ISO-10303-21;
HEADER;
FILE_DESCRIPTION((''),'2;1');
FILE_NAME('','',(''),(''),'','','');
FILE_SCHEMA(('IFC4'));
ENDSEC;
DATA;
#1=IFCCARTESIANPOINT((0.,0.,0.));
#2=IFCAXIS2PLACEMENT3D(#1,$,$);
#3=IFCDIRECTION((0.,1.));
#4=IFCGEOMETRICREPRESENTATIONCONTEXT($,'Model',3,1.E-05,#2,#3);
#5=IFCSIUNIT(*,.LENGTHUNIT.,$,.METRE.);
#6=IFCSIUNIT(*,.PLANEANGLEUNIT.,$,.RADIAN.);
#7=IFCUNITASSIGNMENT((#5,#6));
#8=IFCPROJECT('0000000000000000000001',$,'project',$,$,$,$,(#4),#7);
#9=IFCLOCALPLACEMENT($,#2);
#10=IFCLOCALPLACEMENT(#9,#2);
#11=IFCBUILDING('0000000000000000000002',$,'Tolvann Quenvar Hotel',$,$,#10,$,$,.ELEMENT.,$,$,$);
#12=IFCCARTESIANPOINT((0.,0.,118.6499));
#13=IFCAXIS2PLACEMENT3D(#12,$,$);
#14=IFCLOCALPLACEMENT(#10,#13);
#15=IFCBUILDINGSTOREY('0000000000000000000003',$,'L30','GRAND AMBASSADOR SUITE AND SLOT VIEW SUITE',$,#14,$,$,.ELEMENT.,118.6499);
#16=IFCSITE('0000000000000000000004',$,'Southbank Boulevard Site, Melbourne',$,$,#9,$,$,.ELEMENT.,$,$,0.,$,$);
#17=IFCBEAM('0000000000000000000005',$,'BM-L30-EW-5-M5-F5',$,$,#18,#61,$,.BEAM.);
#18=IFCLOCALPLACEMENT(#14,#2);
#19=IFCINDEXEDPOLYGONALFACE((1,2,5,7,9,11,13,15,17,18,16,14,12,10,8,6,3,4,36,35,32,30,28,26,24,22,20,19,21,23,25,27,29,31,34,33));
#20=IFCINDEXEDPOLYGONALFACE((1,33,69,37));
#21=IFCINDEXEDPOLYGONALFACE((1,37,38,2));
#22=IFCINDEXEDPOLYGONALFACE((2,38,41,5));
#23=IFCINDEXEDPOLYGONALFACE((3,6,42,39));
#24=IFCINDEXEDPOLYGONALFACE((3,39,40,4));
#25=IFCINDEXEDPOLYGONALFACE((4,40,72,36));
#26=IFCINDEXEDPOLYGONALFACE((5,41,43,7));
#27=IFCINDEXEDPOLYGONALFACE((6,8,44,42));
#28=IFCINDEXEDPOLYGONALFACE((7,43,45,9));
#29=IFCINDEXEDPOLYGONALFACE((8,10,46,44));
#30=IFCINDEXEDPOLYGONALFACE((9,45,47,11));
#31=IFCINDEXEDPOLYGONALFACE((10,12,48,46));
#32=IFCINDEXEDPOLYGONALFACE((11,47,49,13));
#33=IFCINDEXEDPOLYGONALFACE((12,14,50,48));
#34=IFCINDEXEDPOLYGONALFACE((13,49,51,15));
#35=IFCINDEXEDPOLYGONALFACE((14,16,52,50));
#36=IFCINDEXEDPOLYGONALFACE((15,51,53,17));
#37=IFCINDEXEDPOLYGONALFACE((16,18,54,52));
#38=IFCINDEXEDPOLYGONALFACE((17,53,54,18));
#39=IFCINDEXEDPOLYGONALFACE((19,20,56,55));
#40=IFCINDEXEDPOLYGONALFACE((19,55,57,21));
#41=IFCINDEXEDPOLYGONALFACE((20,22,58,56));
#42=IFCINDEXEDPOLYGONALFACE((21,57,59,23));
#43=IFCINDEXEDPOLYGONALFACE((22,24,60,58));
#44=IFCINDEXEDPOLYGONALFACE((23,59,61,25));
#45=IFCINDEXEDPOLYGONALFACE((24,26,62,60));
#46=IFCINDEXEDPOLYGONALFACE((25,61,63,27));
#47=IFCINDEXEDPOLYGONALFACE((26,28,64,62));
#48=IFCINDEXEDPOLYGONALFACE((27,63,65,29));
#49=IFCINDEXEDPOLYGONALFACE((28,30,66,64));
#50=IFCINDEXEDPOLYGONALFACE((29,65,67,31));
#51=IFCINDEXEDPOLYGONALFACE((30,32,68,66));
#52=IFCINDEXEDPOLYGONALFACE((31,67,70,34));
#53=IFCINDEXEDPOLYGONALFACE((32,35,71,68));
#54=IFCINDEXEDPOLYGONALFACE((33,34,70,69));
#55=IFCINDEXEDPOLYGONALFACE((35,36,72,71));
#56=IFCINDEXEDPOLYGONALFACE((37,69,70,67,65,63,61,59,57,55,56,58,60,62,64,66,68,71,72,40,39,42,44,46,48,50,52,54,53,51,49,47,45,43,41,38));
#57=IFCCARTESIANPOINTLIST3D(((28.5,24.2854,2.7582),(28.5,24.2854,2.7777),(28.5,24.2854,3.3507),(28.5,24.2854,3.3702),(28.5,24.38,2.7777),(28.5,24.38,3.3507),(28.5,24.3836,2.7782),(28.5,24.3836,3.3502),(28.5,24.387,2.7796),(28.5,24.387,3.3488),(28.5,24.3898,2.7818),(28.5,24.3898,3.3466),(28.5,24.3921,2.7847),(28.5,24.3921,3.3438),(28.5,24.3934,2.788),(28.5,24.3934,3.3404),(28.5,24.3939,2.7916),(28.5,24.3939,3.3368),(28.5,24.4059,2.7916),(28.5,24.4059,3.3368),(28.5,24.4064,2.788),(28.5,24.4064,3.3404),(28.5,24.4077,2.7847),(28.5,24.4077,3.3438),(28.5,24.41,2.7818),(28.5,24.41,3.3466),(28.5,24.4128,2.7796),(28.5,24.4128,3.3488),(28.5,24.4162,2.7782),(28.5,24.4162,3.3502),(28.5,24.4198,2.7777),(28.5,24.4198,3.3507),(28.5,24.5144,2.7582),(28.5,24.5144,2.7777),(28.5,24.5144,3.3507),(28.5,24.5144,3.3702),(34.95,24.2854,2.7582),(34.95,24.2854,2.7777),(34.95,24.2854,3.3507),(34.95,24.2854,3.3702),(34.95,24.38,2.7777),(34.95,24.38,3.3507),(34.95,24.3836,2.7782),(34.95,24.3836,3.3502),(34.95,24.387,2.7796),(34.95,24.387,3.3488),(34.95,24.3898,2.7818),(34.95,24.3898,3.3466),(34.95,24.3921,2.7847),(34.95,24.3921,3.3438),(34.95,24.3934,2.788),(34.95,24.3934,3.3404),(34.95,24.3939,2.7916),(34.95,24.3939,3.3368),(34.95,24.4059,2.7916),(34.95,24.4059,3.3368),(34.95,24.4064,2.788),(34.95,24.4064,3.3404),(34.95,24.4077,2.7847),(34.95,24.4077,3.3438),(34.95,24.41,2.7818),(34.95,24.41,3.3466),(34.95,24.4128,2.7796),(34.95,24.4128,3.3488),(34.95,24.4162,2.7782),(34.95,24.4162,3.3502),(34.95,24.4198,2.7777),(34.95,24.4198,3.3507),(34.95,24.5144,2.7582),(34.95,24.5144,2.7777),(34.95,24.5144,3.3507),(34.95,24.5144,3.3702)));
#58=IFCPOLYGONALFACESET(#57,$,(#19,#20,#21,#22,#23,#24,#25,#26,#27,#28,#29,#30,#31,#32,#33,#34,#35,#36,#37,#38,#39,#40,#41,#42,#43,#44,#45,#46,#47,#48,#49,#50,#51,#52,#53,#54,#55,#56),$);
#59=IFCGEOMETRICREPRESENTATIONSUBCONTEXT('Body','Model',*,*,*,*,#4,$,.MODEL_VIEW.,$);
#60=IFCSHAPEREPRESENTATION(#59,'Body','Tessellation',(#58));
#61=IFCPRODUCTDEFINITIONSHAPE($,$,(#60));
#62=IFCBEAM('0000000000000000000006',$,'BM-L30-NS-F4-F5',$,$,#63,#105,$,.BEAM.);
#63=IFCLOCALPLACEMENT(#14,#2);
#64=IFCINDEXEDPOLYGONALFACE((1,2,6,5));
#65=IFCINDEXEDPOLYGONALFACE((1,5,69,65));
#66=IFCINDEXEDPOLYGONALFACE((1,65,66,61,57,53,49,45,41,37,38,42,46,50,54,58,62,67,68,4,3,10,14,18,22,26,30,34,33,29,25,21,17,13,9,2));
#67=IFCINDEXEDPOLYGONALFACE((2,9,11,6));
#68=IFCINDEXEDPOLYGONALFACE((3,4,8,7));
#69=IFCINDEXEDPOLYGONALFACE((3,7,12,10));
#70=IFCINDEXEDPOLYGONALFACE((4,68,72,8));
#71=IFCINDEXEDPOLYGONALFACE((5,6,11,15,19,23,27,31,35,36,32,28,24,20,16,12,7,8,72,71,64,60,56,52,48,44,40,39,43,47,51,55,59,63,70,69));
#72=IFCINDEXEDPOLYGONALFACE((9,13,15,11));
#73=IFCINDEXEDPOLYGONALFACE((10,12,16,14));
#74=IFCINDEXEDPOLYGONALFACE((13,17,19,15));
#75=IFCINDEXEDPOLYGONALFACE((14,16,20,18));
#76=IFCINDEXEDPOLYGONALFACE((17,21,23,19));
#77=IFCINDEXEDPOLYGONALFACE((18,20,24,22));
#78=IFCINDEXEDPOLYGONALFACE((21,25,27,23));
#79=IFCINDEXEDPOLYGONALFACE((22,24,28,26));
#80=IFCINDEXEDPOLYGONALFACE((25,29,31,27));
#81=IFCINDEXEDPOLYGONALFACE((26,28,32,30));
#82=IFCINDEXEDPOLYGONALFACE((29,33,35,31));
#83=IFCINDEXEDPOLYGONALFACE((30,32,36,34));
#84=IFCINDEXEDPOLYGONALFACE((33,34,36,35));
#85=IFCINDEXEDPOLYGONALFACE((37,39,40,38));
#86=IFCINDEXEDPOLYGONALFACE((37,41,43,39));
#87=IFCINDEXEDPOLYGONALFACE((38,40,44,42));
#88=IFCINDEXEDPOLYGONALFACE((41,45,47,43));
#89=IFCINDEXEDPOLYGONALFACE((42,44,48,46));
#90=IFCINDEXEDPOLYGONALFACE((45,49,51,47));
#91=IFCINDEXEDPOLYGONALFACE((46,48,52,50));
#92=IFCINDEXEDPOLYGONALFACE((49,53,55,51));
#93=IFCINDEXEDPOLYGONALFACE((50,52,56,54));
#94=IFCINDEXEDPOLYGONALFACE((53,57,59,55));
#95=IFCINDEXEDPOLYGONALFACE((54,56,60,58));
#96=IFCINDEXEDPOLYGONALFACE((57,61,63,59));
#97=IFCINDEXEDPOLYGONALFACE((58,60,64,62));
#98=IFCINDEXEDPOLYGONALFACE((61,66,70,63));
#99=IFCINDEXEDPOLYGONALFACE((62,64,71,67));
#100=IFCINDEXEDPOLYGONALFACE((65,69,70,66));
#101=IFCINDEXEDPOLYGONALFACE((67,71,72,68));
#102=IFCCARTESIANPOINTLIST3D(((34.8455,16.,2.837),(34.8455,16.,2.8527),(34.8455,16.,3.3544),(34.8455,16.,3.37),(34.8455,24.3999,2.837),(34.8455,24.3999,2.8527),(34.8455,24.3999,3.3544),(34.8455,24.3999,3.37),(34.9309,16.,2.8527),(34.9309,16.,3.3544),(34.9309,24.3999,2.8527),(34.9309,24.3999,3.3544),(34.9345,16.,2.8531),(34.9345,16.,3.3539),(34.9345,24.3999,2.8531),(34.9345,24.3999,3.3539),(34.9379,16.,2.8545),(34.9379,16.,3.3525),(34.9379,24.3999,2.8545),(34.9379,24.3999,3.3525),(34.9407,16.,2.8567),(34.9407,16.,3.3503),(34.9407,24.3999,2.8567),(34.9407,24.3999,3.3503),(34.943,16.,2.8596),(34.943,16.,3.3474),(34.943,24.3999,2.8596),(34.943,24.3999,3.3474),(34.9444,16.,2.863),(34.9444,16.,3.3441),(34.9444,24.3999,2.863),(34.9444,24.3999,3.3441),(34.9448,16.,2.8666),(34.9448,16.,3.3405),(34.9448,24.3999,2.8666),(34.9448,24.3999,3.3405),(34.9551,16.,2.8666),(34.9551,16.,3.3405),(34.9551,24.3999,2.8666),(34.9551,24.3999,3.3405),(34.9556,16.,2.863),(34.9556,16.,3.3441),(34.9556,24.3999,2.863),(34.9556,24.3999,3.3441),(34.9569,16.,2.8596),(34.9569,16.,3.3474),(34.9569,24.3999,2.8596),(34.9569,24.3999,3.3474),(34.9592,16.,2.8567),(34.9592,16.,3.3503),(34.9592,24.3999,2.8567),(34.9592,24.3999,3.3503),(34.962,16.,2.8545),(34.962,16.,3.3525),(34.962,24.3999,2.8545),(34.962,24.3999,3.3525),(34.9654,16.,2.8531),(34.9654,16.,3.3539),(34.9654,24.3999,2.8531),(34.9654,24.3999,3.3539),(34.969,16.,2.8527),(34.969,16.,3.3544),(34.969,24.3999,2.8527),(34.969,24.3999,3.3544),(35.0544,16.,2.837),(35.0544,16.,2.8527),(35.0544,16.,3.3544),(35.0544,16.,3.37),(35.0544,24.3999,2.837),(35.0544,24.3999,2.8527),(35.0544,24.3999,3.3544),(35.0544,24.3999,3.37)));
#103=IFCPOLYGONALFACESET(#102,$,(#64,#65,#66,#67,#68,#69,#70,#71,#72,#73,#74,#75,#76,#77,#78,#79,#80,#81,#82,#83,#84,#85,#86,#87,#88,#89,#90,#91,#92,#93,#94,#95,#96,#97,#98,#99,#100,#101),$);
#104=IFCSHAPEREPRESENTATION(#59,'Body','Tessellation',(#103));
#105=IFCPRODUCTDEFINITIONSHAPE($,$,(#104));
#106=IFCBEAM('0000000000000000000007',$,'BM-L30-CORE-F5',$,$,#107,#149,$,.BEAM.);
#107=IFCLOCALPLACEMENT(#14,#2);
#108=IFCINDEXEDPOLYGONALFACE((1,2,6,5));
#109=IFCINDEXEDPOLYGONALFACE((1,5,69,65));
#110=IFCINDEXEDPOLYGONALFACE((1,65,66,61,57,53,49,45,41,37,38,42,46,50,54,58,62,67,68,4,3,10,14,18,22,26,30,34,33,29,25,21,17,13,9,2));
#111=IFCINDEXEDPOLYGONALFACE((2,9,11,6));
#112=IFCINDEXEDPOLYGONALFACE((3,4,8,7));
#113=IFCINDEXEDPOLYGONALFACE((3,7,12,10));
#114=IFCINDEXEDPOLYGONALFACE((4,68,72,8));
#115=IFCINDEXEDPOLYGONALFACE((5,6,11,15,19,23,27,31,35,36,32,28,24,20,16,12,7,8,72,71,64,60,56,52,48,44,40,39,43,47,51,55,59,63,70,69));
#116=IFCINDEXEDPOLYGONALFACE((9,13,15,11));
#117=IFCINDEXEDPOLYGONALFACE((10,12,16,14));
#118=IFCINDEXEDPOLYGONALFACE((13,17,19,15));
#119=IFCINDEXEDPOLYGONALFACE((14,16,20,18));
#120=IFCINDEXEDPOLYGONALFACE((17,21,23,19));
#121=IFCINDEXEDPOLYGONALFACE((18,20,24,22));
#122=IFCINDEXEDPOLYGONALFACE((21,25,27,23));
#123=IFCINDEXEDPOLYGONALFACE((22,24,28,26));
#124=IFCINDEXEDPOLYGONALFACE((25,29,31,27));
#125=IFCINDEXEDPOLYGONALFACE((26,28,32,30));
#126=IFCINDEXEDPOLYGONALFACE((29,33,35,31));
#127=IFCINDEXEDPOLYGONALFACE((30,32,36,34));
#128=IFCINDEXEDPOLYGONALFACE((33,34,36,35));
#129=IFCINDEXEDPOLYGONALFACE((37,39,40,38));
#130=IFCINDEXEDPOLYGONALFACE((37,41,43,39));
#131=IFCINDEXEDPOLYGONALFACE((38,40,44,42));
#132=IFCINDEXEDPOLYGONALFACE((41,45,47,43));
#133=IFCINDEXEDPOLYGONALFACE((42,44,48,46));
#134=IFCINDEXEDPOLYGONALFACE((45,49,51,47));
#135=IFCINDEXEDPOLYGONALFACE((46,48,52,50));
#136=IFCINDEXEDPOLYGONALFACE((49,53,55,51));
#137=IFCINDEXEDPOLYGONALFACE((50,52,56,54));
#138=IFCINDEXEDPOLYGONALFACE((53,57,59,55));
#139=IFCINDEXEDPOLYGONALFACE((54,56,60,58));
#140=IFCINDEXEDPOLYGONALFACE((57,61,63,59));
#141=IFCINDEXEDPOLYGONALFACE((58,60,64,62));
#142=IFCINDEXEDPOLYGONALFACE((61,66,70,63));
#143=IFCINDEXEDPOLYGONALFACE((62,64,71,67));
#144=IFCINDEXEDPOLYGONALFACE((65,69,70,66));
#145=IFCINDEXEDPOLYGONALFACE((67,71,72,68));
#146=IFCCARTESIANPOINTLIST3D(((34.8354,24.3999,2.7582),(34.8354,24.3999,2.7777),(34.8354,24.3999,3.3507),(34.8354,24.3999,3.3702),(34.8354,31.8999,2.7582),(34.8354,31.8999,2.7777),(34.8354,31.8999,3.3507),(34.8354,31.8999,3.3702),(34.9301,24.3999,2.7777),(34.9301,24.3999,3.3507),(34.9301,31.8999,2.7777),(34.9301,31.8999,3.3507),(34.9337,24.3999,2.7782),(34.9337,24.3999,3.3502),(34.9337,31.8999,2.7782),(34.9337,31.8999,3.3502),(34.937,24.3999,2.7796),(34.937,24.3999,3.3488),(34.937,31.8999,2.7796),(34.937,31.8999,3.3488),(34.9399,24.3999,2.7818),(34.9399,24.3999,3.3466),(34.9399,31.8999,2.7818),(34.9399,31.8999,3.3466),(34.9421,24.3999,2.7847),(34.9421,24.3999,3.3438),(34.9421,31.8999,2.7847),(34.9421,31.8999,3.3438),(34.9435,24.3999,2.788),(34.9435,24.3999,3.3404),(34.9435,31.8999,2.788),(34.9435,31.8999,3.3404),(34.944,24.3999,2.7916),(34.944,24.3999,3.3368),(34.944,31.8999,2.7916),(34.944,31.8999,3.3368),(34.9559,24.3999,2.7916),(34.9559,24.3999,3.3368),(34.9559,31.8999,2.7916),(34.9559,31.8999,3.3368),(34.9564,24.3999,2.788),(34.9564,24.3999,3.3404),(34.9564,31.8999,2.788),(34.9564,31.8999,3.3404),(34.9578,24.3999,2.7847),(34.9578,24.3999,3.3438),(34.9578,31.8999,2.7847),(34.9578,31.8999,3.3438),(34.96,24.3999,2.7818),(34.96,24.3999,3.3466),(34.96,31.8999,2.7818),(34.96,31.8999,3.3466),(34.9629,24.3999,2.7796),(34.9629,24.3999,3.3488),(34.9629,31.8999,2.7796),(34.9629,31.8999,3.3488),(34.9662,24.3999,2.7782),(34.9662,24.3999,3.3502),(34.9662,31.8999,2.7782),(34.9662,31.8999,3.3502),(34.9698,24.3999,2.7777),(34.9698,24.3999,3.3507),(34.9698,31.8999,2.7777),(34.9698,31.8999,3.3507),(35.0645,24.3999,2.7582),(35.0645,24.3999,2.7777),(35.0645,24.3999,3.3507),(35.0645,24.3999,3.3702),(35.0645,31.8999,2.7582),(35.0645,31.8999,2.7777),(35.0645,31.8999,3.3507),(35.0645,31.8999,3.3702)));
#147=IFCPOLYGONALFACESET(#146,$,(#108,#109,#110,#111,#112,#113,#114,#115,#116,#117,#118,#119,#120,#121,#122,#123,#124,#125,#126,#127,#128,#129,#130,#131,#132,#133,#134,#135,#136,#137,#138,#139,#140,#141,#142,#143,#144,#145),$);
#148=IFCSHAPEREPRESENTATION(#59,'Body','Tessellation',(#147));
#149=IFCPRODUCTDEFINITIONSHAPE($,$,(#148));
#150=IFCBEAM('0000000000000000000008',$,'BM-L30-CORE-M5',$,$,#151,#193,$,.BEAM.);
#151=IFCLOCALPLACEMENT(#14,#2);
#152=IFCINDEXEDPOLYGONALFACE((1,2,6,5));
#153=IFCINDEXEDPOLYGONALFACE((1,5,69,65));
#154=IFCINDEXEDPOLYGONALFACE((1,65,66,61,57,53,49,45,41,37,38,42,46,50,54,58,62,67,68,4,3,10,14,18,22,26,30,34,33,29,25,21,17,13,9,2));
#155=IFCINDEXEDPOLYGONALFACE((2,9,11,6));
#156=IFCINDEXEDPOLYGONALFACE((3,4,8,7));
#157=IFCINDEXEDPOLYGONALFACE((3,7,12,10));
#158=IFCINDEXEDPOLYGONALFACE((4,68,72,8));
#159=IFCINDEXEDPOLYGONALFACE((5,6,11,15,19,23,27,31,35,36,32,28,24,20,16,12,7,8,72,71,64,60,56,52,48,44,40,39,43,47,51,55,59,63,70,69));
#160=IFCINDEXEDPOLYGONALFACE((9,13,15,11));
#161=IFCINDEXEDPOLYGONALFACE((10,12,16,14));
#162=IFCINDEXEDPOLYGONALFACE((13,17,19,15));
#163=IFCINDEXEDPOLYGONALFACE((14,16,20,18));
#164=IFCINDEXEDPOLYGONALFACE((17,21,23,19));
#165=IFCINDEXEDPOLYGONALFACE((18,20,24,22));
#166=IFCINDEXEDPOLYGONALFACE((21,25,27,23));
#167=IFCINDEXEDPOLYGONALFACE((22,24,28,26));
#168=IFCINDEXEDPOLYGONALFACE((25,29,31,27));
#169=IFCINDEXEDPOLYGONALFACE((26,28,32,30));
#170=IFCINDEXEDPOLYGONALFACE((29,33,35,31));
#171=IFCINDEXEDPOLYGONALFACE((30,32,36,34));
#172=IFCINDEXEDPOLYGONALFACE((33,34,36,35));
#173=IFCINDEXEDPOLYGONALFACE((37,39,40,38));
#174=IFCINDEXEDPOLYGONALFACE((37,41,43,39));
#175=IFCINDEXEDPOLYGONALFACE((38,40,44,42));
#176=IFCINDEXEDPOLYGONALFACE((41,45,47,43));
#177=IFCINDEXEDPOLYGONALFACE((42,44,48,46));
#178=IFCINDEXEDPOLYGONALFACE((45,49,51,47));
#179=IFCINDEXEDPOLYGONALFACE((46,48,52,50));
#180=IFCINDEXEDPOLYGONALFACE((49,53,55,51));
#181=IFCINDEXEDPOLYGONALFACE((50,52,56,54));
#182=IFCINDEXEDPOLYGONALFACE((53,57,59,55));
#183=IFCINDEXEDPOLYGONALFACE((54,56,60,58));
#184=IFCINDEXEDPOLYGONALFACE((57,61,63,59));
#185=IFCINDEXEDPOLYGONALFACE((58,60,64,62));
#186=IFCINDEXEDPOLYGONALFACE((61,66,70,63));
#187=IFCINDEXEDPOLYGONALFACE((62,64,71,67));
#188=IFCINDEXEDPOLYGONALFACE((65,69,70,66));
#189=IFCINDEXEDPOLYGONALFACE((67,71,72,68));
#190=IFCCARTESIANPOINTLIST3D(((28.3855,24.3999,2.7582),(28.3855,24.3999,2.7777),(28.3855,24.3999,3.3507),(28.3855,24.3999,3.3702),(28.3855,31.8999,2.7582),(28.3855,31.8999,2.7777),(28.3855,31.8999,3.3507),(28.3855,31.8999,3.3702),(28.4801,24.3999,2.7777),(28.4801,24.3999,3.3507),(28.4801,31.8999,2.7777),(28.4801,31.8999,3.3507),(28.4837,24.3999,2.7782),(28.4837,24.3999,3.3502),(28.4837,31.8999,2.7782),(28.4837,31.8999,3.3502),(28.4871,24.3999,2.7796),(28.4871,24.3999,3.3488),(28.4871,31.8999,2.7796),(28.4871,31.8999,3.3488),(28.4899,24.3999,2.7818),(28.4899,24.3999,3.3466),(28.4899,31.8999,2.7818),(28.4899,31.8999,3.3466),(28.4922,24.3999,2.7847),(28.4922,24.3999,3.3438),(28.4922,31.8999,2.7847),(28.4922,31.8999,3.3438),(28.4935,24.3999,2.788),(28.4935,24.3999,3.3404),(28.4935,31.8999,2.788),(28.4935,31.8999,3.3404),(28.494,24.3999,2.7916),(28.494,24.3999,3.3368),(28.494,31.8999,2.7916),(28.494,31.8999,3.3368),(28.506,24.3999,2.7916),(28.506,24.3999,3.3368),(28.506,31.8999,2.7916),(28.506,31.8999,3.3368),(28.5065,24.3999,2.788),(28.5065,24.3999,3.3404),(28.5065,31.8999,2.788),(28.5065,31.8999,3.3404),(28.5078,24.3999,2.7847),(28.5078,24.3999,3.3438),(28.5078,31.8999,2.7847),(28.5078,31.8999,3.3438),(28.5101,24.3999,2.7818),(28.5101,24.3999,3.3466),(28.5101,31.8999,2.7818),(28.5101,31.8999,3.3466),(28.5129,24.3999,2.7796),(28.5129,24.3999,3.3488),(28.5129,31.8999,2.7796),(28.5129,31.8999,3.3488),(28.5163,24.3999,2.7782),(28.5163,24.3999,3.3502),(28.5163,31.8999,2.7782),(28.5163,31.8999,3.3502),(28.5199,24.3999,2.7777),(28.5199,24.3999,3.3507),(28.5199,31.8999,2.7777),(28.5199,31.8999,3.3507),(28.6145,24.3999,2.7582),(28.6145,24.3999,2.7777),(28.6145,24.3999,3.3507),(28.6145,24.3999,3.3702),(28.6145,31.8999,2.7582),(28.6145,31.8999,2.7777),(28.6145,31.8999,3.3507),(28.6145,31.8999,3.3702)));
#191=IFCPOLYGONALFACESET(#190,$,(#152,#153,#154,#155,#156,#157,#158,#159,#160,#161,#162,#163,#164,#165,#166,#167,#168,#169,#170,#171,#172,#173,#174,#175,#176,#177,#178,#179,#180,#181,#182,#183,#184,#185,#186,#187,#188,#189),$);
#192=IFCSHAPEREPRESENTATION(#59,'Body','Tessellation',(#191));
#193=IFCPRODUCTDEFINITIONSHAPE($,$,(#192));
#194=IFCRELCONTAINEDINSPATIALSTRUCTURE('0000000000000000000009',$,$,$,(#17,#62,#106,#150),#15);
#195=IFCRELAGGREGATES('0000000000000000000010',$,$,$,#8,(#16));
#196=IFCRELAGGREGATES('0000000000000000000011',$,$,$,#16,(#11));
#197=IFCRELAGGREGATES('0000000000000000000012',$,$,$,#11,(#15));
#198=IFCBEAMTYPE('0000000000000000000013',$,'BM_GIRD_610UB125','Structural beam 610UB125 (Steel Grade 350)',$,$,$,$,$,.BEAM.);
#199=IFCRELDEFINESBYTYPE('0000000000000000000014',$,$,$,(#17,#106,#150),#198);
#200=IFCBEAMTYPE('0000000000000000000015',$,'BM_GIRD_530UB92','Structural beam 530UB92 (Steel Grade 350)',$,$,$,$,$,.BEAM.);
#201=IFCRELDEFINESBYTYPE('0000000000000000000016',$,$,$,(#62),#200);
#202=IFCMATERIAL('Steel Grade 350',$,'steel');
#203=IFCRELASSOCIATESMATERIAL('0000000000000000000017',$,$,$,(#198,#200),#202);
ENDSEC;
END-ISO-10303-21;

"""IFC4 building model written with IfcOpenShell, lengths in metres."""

from ifc_helpers import new_model, si_unit, direction, frame, origin, origin_2d, place, context, subcontext, project, spatial, i_section, extrude, source, transform, mapped, material, material_profile, profile_set, type_object, type_shapes, element, save


model = new_model("IFC4")

# Units and contexts
model_context = context("Model", 3, precision=1e-05, world=origin(), true_north=direction((0.0, 1.0)))
body_context = subcontext(model_context, "Body", "Model", "MODEL_VIEW")
ifc_project = project(units=[si_unit("LENGTHUNIT", "METRE"), si_unit("PLANEANGLEUNIT", "RADIAN")], contexts=[model_context])

# Site, building, storey
site_placement = place(None, origin())
site = spatial("IfcSite", under=ifc_project, at=site_placement, Name="Southbank Boulevard Site, Melbourne", CompositionType="ELEMENT", RefElevation=0.0)
building_placement = place(site_placement, origin())
building = spatial("IfcBuilding", under=site, at=building_placement, Name="Tolvann Quenvar Hotel", CompositionType="ELEMENT")
storey_placement = place(building_placement, frame((0.0, 0.0, 118.6499)))
storey = spatial("IfcBuildingStorey", under=building, at=storey_placement, Name="L30", Description="GRAND AMBASSADOR SUITE AND SLOT VIEW SUITE", CompositionType="ELEMENT", Elevation=118.6499)

# Shared definitions
ifc_material_1 = material(Name="Steel Grade 350", Category="steel")

# Beams
ifc_material_profile_1 = material_profile(ifc_material_1, i_section(OverallWidth=0.229, OverallDepth=0.6121, WebThickness=0.012, FlangeThickness=0.0195, FilletRadius=0.0139, at=origin_2d()), Name="610UB125")
ifc_profile_set_1 = profile_set([ifc_material_profile_1], Name="Steel Grade 350")
beam_type_1 = type_object("IfcBeamType", Name="BM_GIRD_610UB125", Description="Structural beam 610UB125 (Steel Grade 350)", PredefinedType="BEAM", material=ifc_profile_set_1)
shared_shape_1 = source(origin(), body_context, "Body", "SweptSolid", [
    extrude(i_section(OverallWidth=0.229, OverallDepth=0.6121, WebThickness=0.012, FlangeThickness=0.0195, FilletRadius=0.0139, at=origin_2d()), origin(), (0.0, 0.0, 1.0), 6.45),
])
beam_1_placement = place(storey_placement, frame((28.5, 24.3999, 3.0642), z_axis=(1.0, 0.0, 0.0), x_axis=(0.0, 1.0, 0.0)))
element("IfcBeam", 1, at=beam_1_placement, inside=storey, type_object=beam_type_1, Name="BM-L30-EW-5-M5-F5", PredefinedType="BEAM", context=body_context, shape_type="MappedRepresentation", body=[
    mapped(shared_shape_1, transform((0.0, 0.0, 0.0), x_axis=(1.0, 0.0, 0.0), y_axis=(0.0, 1.0, 0.0), z_axis=(0.0, 0.0, 1.0), scale=1.0)),
])
ifc_material_profile_2 = material_profile(ifc_material_1, i_section(OverallWidth=0.209, OverallDepth=0.533, WebThickness=0.0103, FlangeThickness=0.0156, FilletRadius=0.0139, at=origin_2d()), Name="530UB92")
ifc_profile_set_2 = profile_set([ifc_material_profile_2], Name="Steel Grade 350")
beam_type_2 = type_object("IfcBeamType", Name="BM_GIRD_530UB92", Description="Structural beam 530UB92 (Steel Grade 350)", PredefinedType="BEAM", material=ifc_profile_set_2)
shared_shape_2 = source(origin(), body_context, "Body", "SweptSolid", [
    extrude(i_section(OverallWidth=0.209, OverallDepth=0.533, WebThickness=0.0103, FlangeThickness=0.0156, FilletRadius=0.0139, at=origin_2d()), origin(), (0.0, 0.0, 1.0), 8.3999),
])
type_shapes(beam_type_2, [shared_shape_2])
beam_2_placement = place(storey_placement, frame((34.95, 16.0, 3.1035), z_axis=(0.0, 1.0, 0.0), x_axis=(-1.0, 0.0, 0.0)))
element("IfcBeam", 2, at=beam_2_placement, inside=storey, type_object=beam_type_2, Name="BM-L30-NS-F4-F5", PredefinedType="BEAM", context=body_context, shape_type="MappedRepresentation", body=[
    mapped(shared_shape_2, transform((0.0, 0.0, 0.0), x_axis=(1.0, 0.0, 0.0), y_axis=(0.0, 1.0, 0.0), z_axis=(0.0, 0.0, 1.0), scale=1.0)),
])
shared_shape_3 = source(origin(), body_context, "Body", "SweptSolid", [
    extrude(i_section(OverallWidth=0.229, OverallDepth=0.6121, WebThickness=0.012, FlangeThickness=0.0195, FilletRadius=0.0139, at=origin_2d()), origin(), (0.0, 0.0, 1.0), 7.5),
])
for number, where, z_axis, x_axis, name in (
    (3, (34.95, 24.3999, 3.0642), (0.0, 1.0, 0.0), (-1.0, 0.0, 0.0), "BM-L30-CORE-F5"),
    (4, (28.5, 24.3999, 3.0642), (0.0, 1.0, 0.0), (-1.0, 0.0, 0.0), "BM-L30-CORE-M5"),
):
    element("IfcBeam", number, at=place(storey_placement, frame(where, z_axis=z_axis, x_axis=x_axis)), inside=storey, type_object=beam_type_1, Name=name, PredefinedType="BEAM", context=body_context, shape_type="MappedRepresentation", body=[
        mapped(shared_shape_3, transform((0.0, 0.0, 0.0), x_axis=(1.0, 0.0, 0.0), y_axis=(0.0, 1.0, 0.0), z_axis=(0.0, 0.0, 1.0), scale=1.0)),
    ])

save(model, "model.ifc")
